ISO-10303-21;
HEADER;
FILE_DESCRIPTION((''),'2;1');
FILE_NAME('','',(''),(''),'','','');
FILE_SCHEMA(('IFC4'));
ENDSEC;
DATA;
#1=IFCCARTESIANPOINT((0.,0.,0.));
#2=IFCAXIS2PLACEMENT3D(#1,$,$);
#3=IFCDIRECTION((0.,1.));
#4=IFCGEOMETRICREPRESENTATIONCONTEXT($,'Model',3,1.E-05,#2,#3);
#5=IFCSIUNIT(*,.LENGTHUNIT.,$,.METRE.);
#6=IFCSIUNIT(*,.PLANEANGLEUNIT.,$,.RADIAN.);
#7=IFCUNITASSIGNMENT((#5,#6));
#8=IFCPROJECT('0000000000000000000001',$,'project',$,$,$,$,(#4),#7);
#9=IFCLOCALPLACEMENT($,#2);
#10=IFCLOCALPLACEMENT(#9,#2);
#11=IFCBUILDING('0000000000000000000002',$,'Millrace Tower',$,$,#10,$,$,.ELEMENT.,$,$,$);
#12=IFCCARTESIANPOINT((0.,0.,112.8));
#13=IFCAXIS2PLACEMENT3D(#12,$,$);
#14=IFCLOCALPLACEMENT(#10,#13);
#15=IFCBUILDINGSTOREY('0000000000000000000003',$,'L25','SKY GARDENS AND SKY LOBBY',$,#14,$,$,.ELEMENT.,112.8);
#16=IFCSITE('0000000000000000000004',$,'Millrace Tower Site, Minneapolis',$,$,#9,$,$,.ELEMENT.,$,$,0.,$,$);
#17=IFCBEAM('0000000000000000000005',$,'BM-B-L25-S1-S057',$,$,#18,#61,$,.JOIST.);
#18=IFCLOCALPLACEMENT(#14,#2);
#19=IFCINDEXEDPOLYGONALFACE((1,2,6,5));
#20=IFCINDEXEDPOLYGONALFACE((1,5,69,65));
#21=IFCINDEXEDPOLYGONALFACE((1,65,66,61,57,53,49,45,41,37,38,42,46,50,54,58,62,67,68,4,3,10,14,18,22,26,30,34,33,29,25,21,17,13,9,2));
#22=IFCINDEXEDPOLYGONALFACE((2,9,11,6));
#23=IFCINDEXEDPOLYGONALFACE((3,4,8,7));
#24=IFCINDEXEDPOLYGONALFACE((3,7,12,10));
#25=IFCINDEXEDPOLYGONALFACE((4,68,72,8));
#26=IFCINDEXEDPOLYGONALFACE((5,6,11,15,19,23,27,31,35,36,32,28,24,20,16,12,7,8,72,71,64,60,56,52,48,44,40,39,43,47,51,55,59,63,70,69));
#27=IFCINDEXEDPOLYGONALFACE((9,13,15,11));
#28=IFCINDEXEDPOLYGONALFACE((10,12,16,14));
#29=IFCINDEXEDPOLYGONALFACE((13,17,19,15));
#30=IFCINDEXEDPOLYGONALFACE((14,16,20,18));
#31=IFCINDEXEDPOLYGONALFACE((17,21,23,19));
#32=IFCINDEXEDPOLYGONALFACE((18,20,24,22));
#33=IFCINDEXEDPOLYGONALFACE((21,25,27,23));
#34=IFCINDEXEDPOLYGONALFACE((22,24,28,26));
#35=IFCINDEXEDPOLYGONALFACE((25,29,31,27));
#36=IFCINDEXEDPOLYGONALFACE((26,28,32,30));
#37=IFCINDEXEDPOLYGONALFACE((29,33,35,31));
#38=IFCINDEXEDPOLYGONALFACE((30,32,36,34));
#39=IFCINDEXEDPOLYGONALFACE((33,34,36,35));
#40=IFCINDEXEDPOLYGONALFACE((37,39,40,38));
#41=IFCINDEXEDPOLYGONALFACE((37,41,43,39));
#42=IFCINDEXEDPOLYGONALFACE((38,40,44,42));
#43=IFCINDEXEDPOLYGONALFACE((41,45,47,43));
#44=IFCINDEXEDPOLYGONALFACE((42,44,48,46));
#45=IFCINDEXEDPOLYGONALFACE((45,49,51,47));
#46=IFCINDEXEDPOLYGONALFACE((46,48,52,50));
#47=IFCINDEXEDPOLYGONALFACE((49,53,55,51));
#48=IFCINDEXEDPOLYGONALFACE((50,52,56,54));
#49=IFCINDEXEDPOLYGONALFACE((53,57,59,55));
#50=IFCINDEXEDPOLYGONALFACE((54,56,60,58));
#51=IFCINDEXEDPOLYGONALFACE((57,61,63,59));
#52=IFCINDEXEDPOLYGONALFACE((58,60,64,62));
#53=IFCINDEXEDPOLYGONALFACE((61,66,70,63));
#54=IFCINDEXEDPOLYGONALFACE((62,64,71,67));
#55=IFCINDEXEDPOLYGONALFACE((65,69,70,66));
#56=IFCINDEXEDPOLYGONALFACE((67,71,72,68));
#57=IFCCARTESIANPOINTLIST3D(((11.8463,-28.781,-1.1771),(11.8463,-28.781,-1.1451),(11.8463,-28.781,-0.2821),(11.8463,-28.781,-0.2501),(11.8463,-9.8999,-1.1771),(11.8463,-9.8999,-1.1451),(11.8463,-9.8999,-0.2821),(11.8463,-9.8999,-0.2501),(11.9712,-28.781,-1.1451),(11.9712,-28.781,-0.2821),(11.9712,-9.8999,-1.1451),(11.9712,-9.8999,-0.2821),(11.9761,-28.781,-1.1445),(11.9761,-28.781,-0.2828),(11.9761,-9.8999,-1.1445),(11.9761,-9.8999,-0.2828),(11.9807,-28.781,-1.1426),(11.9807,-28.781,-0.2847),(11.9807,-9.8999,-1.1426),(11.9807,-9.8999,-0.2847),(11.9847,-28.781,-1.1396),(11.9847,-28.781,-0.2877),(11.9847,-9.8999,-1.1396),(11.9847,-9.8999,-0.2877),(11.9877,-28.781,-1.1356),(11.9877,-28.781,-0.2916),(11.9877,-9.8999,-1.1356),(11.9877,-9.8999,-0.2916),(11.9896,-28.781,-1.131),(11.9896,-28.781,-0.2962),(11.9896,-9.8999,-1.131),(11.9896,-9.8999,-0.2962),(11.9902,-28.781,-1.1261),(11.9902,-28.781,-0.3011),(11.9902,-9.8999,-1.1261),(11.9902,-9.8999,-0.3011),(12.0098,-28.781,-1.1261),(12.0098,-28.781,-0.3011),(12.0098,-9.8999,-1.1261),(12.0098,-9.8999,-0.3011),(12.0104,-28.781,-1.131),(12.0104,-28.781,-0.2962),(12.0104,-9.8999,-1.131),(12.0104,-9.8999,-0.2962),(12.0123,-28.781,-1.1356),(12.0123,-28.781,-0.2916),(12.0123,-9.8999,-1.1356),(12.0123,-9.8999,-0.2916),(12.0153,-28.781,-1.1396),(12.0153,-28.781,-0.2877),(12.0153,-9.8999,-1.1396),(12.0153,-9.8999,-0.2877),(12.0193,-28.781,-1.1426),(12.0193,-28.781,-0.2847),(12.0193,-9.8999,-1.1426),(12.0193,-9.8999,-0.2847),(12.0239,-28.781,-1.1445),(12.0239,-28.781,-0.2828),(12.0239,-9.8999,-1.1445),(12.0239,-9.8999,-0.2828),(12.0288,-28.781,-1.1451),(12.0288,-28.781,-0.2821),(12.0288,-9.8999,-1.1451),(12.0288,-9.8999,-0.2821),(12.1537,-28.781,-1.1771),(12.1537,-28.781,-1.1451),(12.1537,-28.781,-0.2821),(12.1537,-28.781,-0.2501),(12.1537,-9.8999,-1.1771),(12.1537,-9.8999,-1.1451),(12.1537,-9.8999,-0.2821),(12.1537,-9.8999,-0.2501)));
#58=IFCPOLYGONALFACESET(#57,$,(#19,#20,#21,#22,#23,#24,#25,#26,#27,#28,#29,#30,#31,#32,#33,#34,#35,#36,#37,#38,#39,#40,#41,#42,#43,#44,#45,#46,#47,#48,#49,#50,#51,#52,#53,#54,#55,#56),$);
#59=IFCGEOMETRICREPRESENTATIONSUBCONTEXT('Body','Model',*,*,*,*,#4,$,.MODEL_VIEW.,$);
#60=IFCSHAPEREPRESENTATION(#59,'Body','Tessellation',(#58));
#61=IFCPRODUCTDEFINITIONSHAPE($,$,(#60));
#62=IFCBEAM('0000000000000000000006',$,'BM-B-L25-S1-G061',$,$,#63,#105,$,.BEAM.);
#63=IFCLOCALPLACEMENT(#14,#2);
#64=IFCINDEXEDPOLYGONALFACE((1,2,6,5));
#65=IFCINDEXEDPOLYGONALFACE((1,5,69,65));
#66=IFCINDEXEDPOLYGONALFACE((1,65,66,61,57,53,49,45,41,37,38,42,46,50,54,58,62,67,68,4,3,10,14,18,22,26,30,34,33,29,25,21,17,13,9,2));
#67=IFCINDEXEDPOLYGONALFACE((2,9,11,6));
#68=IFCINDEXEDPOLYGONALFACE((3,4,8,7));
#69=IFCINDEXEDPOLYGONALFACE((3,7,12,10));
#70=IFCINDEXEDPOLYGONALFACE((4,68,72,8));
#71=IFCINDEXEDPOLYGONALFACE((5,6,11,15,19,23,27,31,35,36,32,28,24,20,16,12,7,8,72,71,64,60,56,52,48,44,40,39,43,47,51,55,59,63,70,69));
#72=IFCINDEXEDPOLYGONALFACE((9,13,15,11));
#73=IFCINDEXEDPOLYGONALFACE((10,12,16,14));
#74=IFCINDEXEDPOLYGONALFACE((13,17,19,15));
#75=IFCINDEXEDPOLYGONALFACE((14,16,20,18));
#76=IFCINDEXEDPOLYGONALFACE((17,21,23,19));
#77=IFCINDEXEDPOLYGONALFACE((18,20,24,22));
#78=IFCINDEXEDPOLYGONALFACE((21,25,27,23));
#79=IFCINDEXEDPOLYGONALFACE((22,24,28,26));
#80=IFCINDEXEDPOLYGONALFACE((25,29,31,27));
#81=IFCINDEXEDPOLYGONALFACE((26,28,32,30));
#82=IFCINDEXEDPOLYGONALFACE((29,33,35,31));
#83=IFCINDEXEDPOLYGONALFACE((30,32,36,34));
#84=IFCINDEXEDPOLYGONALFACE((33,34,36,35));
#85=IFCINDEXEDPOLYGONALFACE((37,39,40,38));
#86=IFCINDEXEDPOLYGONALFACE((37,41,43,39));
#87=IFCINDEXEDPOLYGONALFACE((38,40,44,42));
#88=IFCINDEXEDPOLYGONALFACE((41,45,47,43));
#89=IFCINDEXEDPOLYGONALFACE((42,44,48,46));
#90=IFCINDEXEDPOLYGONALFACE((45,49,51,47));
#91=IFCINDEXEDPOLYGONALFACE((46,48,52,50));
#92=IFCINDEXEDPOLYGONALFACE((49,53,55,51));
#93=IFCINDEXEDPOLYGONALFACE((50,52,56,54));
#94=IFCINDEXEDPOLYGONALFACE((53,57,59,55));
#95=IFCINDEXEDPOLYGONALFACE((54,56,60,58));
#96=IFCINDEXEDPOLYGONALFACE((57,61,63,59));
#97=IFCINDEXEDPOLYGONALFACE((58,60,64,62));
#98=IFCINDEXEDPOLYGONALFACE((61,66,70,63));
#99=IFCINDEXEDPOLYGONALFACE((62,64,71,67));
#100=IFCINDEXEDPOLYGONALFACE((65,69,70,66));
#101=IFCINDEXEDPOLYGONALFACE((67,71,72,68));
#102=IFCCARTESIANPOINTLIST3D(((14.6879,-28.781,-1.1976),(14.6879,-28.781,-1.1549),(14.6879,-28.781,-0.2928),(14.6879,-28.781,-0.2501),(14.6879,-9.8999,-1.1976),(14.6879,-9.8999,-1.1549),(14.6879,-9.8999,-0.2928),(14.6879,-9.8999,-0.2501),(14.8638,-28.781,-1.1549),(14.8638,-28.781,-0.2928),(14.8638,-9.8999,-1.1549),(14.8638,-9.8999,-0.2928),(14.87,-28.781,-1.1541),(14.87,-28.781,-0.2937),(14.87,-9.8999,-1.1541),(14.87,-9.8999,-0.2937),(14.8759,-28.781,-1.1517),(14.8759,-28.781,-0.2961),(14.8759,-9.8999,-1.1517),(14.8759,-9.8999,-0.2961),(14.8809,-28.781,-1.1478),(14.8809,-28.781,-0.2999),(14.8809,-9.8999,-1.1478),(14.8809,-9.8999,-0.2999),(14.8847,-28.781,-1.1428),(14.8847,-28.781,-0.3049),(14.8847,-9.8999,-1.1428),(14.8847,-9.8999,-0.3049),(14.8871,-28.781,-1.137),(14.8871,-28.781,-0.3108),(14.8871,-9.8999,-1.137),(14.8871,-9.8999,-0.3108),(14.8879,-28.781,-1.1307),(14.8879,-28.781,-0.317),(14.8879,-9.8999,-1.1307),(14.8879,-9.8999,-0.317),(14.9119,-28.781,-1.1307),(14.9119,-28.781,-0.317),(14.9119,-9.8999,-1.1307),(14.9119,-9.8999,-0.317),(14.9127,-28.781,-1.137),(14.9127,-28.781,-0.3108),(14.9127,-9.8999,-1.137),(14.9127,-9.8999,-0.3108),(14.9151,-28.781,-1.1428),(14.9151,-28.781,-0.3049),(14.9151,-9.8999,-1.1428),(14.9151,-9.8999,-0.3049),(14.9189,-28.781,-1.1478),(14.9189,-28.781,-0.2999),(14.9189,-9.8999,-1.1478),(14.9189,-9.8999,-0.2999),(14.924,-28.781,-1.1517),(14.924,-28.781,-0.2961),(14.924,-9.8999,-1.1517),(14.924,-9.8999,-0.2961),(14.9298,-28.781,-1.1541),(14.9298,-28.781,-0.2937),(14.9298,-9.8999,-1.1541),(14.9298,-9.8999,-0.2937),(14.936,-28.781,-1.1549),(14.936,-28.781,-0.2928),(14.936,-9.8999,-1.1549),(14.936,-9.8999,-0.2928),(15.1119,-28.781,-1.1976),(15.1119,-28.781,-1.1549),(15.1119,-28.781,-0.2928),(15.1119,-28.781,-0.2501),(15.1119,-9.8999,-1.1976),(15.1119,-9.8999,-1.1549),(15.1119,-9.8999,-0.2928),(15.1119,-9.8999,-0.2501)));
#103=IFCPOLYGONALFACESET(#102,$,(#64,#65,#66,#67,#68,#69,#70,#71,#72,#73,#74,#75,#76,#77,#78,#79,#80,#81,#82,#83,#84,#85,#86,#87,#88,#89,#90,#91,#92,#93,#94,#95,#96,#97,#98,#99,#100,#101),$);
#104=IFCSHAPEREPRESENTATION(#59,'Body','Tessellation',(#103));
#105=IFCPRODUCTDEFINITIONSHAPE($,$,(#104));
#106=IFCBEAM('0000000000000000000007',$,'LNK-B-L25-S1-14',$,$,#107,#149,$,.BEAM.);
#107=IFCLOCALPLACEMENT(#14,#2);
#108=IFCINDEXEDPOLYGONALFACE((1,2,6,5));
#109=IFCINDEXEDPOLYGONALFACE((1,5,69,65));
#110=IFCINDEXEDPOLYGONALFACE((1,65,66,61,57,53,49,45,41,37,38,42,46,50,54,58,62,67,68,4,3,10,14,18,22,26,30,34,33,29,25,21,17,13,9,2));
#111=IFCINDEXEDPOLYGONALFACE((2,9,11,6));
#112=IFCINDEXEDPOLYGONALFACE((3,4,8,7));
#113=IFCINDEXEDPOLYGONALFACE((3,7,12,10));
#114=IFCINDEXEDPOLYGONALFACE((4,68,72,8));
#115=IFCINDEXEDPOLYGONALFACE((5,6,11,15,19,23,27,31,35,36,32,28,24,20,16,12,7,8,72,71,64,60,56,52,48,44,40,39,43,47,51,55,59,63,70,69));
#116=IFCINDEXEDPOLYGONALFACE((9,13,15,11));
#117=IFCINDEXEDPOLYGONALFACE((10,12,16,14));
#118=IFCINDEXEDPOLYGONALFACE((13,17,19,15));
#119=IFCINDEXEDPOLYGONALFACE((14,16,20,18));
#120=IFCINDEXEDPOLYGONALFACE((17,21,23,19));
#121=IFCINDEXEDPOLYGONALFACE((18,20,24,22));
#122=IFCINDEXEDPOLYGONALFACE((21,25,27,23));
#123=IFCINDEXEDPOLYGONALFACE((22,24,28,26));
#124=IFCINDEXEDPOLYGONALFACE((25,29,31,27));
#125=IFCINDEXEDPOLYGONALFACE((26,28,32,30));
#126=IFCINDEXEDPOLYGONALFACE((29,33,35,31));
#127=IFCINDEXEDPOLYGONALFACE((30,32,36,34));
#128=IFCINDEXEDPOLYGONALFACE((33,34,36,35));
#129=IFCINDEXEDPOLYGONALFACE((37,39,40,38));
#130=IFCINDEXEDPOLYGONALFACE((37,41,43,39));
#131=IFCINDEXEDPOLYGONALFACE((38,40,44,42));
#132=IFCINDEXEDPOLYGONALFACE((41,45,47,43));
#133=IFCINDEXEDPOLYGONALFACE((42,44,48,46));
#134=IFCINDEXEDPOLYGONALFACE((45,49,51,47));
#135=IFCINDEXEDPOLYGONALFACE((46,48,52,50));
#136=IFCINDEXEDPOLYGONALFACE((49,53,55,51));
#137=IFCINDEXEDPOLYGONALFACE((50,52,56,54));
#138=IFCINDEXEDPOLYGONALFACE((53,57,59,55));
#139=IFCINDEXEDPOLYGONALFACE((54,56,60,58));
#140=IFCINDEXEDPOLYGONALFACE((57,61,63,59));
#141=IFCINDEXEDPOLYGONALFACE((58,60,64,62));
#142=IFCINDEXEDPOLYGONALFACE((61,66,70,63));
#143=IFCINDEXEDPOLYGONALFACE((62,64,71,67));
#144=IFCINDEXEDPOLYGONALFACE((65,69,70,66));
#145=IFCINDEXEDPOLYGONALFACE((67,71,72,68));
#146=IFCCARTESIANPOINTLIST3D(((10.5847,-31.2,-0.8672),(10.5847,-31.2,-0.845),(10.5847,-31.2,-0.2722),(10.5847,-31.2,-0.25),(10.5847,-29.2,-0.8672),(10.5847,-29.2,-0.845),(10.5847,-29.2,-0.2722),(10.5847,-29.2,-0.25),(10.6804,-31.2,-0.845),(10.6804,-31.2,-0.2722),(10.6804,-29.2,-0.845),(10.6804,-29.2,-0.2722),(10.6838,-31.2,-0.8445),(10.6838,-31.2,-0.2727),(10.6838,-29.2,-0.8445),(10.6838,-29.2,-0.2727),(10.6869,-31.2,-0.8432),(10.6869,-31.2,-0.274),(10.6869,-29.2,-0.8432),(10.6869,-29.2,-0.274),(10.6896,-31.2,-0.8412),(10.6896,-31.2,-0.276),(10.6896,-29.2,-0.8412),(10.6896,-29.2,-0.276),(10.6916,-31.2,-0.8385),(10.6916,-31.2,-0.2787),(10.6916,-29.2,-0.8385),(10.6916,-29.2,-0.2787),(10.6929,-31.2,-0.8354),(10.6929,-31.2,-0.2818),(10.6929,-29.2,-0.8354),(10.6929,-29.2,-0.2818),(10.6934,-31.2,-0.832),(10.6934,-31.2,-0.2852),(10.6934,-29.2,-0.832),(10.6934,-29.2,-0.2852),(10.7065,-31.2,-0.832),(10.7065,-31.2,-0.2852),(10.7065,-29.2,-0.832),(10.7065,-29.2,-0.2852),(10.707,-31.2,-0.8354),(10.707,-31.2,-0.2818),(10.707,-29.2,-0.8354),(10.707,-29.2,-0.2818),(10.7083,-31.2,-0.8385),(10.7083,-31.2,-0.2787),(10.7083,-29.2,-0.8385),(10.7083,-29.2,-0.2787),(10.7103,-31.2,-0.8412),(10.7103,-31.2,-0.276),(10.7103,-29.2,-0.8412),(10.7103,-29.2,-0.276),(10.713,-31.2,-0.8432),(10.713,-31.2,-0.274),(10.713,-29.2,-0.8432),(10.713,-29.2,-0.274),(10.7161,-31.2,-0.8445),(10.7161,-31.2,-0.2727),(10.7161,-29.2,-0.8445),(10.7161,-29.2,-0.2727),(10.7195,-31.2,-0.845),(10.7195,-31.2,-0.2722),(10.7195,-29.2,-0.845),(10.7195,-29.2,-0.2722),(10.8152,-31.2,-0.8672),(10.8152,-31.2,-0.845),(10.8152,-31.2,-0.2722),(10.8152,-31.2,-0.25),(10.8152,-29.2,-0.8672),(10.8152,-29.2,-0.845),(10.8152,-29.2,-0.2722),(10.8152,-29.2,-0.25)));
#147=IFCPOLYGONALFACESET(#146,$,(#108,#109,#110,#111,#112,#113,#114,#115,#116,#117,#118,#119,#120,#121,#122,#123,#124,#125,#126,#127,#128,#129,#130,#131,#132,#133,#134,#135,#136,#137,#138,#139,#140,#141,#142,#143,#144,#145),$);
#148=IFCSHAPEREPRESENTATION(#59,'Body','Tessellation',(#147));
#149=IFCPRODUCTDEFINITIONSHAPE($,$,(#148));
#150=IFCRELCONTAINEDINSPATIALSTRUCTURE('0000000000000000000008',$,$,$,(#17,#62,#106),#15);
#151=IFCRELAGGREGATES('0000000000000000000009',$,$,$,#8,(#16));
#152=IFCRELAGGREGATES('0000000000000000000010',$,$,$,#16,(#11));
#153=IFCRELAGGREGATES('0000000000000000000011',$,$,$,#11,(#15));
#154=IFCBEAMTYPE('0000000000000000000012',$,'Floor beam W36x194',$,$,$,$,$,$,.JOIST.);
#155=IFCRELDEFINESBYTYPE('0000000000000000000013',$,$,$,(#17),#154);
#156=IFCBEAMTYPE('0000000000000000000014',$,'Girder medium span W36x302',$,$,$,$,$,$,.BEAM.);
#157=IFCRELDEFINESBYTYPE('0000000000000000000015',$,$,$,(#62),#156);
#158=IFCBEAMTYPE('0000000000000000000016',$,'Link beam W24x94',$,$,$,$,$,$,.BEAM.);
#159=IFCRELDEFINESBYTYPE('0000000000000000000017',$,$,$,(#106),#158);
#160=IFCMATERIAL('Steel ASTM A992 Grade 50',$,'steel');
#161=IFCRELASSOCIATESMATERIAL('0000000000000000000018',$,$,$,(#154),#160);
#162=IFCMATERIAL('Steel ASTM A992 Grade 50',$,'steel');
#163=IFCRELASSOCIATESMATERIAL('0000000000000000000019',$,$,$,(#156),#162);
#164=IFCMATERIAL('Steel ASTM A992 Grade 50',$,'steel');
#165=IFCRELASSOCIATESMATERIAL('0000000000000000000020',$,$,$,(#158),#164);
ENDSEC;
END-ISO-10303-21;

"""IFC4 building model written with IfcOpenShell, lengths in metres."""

from ifc_helpers import new_model, si_unit, direction, frame, origin, origin_2d, place, context, subcontext, project, spatial, i_section, extrude, material, material_profile, profile_set, type_object, element, save


model = new_model("IFC4")

# Units and contexts
model_context = context("Model", 3, precision=1e-05, world=origin(), true_north=direction((0.0, 1.0)))
body_context = subcontext(model_context, "Body", "Model", "MODEL_VIEW")
ifc_project = project(units=[si_unit("LENGTHUNIT", "METRE"), si_unit("PLANEANGLEUNIT", "RADIAN")], contexts=[model_context])

# Site, building, storey
site_placement = place(None, origin())
site = spatial("IfcSite", under=ifc_project, at=site_placement, Name="Millrace Tower Site, Minneapolis", CompositionType="ELEMENT", RefElevation=0.0)
building_placement = place(site_placement, origin())
building = spatial("IfcBuilding", under=site, at=building_placement, Name="Millrace Tower", CompositionType="ELEMENT")
storey_placement = place(building_placement, frame((0.0, 0.0, 112.8)))
storey = spatial("IfcBuildingStorey", under=building, at=storey_placement, Name="L25", Description="SKY GARDENS AND SKY LOBBY", CompositionType="ELEMENT", Elevation=112.8)

# Beams
ifc_material_1 = material(Name="Steel ASTM A992 Grade 50", Category="steel")
ifc_material_profile_1 = material_profile(ifc_material_1, i_section(OverallWidth=0.3074, OverallDepth=0.927, WebThickness=0.0195, FlangeThickness=0.032, FilletRadius=0.019, at=origin_2d()))
ifc_profile_set_1 = profile_set([ifc_material_profile_1], Name="Steel ASTM A992 Grade 50")
beam_type_1 = type_object("IfcBeamType", Name="Floor beam W36x194", PredefinedType="JOIST", material=ifc_profile_set_1)
for number, where, z_axis, x_axis, name in (
    (1, (12.0, -28.781, -0.7136), (0.0, 1.0, 0.0), (-1.0, 0.0, 0.0), "BM-B-L25-S1-S057"),
):
    element("IfcBeam", number, at=place(storey_placement, frame(where, z_axis=z_axis, x_axis=x_axis)), inside=storey, type_object=beam_type_1, Name=name, PredefinedType="JOIST", context=body_context, shape_type="SweptSolid", body=[
        extrude(i_section(OverallWidth=0.3074, OverallDepth=0.927, WebThickness=0.0195, FlangeThickness=0.032, FilletRadius=0.019, at=origin_2d()), origin(), (0.0, 0.0, 1.0), 18.8811),
    ])
ifc_material_2 = material(Name="Steel ASTM A992 Grade 50", Category="steel")
ifc_material_profile_2 = material_profile(ifc_material_2, i_section(OverallWidth=0.4241, OverallDepth=0.9475, WebThickness=0.0239, FlangeThickness=0.0427, FilletRadius=0.0242, at=origin_2d()))
ifc_profile_set_2 = profile_set([ifc_material_profile_2], Name="Steel ASTM A992 Grade 50")
beam_type_2 = type_object("IfcBeamType", Name="Girder medium span W36x302", PredefinedType="BEAM", material=ifc_profile_set_2)
beam_1_placement = place(storey_placement, frame((14.8999, -28.781, -0.7239), z_axis=(0.0, 1.0, 0.0), x_axis=(-1.0, 0.0, 0.0)))
element("IfcBeam", 2, at=beam_1_placement, inside=storey, type_object=beam_type_2, Name="BM-B-L25-S1-G061", PredefinedType="BEAM", context=body_context, shape_type="SweptSolid", body=[
    extrude(i_section(OverallWidth=0.4241, OverallDepth=0.9475, WebThickness=0.0239, FlangeThickness=0.0427, FilletRadius=0.0242, at=origin_2d()), origin(), (0.0, 0.0, 1.0), 18.8811),
])
ifc_material_3 = material(Name="Steel ASTM A992 Grade 50", Category="steel")
ifc_material_profile_3 = material_profile(ifc_material_3, i_section(OverallWidth=0.2305, OverallDepth=0.6172, WebThickness=0.0132, FlangeThickness=0.0222, FilletRadius=0.0129, at=origin_2d()))
ifc_profile_set_3 = profile_set([ifc_material_profile_3], Name="Steel ASTM A992 Grade 50")
beam_type_3 = type_object("IfcBeamType", Name="Link beam W24x94", PredefinedType="BEAM", material=ifc_profile_set_3)
beam_2_placement = place(storey_placement, frame((10.7, -29.2, -0.5586), z_axis=(0.0, -1.0, 0.0), x_axis=(1.0, 0.0, 0.0)))
element("IfcBeam", 3, at=beam_2_placement, inside=storey, type_object=beam_type_3, Name="LNK-B-L25-S1-14", PredefinedType="BEAM", context=body_context, shape_type="SweptSolid", body=[
    extrude(i_section(OverallWidth=0.2305, OverallDepth=0.6172, WebThickness=0.0132, FlangeThickness=0.0222, FilletRadius=0.0129, at=origin_2d()), origin(), (0.0, 0.0, 1.0), 2.0),
])

save(model, "model.ifc")
